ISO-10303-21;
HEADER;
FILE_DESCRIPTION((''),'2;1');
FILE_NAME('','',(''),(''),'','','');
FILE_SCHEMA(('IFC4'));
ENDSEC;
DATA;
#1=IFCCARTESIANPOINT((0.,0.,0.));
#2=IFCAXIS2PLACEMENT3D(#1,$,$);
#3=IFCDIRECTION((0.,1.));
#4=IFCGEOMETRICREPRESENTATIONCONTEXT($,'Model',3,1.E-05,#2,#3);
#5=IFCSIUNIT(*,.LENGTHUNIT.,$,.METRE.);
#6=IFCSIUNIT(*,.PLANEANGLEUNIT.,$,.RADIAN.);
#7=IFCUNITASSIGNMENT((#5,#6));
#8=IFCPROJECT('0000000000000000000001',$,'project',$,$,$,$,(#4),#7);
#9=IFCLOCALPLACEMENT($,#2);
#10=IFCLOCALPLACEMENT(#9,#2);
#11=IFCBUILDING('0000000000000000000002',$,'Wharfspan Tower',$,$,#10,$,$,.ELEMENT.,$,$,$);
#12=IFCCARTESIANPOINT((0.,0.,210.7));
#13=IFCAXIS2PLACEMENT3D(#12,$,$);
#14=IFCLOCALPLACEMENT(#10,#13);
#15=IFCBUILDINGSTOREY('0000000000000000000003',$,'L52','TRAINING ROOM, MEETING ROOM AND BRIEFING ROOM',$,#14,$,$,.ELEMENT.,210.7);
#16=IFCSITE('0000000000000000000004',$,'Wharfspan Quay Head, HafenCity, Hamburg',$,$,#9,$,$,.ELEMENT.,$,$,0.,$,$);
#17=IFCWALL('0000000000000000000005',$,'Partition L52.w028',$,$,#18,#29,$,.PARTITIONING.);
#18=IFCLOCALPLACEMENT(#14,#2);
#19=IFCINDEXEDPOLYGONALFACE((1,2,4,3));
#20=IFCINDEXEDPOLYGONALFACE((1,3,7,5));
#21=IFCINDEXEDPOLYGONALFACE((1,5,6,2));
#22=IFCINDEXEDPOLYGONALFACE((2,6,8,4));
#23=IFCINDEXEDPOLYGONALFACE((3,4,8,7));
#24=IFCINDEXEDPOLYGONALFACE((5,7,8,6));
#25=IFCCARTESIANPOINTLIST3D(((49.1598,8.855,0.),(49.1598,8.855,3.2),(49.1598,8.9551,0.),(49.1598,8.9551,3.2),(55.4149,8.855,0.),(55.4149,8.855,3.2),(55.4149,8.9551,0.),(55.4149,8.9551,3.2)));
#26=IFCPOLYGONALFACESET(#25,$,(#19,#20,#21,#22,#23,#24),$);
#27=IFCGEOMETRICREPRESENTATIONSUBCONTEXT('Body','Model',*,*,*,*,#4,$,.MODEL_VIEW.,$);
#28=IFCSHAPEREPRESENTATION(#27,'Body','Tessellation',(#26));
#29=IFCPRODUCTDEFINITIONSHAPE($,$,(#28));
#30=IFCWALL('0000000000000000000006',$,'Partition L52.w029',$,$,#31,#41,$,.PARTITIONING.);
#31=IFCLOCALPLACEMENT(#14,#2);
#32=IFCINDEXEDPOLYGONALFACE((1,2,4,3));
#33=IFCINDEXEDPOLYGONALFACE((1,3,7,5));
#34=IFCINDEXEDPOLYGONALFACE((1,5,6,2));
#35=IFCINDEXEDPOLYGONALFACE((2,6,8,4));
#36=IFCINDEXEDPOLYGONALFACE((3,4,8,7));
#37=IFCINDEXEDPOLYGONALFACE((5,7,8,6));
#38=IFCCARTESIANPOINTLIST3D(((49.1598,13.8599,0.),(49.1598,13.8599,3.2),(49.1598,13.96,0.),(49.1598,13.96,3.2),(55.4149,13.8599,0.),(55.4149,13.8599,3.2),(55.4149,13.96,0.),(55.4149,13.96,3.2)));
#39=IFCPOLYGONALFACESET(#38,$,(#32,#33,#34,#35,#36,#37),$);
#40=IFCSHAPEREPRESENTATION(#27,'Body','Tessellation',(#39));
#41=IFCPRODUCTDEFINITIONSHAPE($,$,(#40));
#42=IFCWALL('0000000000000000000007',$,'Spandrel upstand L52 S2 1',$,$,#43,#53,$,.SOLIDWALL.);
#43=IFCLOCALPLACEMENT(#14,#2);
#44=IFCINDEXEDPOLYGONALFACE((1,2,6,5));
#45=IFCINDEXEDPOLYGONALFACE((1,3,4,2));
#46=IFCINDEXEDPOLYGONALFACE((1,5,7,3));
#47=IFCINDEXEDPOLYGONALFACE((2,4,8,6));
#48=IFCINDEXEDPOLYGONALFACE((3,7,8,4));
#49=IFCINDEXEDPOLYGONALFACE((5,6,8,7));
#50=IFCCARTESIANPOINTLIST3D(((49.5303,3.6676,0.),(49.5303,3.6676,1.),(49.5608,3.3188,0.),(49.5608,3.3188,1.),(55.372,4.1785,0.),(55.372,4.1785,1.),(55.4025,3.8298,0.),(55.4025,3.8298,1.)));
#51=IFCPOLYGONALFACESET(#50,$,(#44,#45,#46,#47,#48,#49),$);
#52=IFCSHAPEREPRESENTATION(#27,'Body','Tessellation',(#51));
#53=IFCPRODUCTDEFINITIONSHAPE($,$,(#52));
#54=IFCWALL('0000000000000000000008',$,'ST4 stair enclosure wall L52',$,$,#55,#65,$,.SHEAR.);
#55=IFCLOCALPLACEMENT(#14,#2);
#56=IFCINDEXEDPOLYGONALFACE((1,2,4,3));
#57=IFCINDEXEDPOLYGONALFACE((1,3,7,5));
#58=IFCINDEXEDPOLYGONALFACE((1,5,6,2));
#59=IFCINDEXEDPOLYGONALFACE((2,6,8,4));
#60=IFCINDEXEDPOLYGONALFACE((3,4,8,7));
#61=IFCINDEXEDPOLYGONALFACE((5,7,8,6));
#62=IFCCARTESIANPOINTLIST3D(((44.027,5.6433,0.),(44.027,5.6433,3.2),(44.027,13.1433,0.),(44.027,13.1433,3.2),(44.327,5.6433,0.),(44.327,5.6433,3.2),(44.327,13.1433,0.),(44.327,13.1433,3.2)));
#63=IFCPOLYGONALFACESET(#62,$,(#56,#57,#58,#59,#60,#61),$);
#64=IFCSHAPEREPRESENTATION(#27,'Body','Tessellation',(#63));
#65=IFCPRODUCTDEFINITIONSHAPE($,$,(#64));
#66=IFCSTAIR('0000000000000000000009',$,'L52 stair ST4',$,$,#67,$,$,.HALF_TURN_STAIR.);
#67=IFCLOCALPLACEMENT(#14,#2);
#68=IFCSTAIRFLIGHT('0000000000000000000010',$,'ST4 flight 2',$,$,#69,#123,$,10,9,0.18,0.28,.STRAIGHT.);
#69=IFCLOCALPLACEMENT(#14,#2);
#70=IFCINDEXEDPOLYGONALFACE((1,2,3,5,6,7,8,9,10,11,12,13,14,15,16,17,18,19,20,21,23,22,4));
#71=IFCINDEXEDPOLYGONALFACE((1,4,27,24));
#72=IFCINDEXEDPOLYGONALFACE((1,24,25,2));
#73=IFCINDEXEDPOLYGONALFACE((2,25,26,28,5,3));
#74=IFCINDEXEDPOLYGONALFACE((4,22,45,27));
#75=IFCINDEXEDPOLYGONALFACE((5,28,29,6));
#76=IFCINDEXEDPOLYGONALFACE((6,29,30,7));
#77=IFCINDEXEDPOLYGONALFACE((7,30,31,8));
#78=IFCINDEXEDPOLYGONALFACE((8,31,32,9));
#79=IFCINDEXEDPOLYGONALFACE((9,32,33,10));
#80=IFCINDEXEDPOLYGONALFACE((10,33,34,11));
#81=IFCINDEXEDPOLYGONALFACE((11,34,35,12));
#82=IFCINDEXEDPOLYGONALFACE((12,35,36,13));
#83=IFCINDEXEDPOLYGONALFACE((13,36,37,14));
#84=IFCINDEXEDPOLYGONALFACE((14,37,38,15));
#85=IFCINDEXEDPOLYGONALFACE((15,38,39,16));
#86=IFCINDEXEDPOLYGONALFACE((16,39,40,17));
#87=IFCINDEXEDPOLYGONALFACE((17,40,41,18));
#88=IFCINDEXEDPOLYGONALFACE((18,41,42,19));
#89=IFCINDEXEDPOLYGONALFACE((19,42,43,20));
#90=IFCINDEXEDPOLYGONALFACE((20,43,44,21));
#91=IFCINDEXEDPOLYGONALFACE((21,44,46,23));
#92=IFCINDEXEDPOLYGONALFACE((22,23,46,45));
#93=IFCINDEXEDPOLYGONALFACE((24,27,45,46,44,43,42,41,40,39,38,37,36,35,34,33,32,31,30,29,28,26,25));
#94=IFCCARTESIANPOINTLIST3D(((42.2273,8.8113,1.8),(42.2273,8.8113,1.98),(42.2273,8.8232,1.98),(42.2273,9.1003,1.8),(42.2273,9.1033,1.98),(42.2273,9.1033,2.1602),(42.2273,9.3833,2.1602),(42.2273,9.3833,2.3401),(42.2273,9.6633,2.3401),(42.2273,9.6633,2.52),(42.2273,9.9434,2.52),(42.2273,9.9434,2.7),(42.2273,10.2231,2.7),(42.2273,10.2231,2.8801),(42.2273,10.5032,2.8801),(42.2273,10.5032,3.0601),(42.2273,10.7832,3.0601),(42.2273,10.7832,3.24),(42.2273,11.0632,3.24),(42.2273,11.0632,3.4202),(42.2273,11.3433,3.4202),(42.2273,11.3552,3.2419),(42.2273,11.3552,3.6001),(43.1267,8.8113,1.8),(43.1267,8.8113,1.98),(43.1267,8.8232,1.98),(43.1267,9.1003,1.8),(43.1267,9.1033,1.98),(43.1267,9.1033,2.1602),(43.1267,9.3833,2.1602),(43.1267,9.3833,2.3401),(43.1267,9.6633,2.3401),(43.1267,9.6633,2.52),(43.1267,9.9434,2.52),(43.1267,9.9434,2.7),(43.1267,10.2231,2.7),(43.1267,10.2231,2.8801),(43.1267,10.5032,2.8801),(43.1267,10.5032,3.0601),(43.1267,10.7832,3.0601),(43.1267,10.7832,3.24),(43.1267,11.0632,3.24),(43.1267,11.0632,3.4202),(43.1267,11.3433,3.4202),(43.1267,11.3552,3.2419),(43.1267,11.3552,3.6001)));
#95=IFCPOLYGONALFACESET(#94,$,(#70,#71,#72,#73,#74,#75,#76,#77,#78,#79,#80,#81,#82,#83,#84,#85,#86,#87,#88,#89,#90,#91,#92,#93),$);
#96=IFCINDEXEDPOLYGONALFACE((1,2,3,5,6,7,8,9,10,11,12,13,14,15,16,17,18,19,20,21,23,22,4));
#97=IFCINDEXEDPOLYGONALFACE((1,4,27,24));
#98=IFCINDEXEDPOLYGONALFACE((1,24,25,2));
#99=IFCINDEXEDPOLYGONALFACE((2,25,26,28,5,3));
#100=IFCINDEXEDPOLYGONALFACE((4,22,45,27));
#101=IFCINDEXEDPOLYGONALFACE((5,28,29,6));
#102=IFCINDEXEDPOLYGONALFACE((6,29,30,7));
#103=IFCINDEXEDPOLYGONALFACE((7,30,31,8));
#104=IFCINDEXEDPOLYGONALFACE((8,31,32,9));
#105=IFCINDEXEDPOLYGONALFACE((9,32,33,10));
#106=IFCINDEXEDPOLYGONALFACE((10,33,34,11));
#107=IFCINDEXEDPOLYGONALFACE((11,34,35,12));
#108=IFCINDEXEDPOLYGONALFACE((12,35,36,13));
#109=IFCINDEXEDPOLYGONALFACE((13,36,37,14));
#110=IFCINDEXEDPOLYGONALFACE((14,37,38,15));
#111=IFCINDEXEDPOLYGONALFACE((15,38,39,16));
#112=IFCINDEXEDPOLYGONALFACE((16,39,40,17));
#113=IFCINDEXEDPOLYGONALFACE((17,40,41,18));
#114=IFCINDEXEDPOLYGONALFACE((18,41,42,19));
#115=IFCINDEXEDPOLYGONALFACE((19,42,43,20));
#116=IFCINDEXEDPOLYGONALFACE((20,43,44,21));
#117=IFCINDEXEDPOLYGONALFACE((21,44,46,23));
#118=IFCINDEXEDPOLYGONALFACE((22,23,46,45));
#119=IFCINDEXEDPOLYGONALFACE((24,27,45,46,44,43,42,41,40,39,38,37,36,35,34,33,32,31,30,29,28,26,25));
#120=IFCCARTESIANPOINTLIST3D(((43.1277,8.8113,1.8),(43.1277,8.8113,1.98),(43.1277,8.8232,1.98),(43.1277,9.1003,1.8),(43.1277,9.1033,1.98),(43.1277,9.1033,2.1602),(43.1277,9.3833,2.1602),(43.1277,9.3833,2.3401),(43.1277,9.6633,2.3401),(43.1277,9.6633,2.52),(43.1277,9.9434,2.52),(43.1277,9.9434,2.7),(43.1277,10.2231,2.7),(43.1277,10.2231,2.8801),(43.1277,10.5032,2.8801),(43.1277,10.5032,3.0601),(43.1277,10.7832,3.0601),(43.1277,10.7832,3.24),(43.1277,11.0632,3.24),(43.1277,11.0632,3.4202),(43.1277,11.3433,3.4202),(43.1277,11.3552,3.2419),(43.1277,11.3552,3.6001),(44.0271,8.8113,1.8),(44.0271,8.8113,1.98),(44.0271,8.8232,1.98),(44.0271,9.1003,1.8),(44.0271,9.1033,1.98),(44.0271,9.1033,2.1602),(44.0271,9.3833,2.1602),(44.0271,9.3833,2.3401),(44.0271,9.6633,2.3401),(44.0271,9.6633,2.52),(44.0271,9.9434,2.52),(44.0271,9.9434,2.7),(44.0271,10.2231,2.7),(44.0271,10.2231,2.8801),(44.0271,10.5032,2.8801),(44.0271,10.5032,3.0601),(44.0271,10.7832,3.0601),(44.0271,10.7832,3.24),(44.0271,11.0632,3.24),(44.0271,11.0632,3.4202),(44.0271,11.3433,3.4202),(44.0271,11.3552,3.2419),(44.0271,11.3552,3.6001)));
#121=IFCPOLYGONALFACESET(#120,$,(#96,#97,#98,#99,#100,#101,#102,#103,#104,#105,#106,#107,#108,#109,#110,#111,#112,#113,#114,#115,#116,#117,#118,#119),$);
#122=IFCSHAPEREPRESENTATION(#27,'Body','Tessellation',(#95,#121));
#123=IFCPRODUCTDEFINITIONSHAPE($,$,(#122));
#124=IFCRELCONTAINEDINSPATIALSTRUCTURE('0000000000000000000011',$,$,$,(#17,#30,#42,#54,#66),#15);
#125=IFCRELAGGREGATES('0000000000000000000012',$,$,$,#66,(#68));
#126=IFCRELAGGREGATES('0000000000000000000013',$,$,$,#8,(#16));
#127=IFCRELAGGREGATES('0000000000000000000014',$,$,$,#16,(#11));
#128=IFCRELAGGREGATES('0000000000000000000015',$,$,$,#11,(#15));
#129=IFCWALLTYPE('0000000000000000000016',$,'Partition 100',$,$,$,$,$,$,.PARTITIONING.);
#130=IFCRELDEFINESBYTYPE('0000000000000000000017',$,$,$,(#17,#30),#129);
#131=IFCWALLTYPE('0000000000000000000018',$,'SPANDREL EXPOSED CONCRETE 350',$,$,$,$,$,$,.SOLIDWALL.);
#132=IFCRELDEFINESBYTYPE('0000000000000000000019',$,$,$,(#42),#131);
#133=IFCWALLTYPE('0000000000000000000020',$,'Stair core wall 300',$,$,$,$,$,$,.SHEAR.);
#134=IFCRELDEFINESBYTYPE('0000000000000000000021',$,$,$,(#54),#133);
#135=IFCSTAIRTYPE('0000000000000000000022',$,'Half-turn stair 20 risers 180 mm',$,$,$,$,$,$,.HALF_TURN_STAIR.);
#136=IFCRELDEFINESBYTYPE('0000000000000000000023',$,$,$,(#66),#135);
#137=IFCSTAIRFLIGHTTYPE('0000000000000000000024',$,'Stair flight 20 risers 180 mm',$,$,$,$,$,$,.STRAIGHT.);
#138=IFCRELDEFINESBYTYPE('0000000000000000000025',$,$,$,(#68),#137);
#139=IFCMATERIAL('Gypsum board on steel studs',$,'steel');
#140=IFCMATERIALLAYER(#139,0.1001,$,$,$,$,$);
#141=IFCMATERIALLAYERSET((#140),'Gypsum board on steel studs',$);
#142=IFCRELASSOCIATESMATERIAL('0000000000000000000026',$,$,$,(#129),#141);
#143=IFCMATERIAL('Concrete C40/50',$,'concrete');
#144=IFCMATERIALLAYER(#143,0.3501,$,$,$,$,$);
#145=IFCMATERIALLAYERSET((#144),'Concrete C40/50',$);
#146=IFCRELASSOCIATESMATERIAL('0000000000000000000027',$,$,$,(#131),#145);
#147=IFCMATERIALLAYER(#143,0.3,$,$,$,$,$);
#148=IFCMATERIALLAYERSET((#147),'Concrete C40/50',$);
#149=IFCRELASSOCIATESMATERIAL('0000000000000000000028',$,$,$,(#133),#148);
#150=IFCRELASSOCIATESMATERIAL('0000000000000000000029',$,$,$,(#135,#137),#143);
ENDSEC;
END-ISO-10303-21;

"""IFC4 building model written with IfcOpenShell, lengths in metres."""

from ifc_helpers import new_model, si_unit, direction, frame, frame_2d, origin, place, context, subcontext, project, spatial, polyline, rectangle, outline, extrude, material, layer, layer_set, type_object, element, aggregate, save


model = new_model("IFC4")

# Units and contexts
model_context = context("Model", 3, precision=1e-05, world=origin(), true_north=direction((0.0, 1.0)))
body_context = subcontext(model_context, "Body", "Model", "MODEL_VIEW")
ifc_project = project(units=[si_unit("LENGTHUNIT", "METRE"), si_unit("PLANEANGLEUNIT", "RADIAN")], contexts=[model_context])

# Site, building, storey
site_placement = place(None, origin())
site = spatial("IfcSite", under=ifc_project, at=site_placement, Name="Wharfspan Quay Head, HafenCity, Hamburg", CompositionType="ELEMENT", RefElevation=0.0)
building_placement = place(site_placement, origin())
building = spatial("IfcBuilding", under=site, at=building_placement, Name="Wharfspan Tower", CompositionType="ELEMENT")
storey_placement = place(building_placement, frame((0.0, 0.0, 210.7)))
storey = spatial("IfcBuildingStorey", under=building, at=storey_placement, Name="L52", Description="TRAINING ROOM, MEETING ROOM AND BRIEFING ROOM", CompositionType="ELEMENT", Elevation=210.7)

# Shared definitions
ifc_material_1 = material(Name="Gypsum board on steel studs", Category="steel")

# Walls
ifc_layer_1 = layer(ifc_material_1, 0.1001)
ifc_layer_set_1 = layer_set([ifc_layer_1], Name="Gypsum board on steel studs")
wall_type_1 = type_object("IfcWallType", Name="Partition 100", PredefinedType="PARTITIONING", material=ifc_layer_set_1)
for number, where, z_axis, x_axis, name in (
    (1, (49.1599, 8.905, 0.0), (0.0, 0.0, 1.0), (1.0, 0.0, 0.0), "Partition L52.w028"),
    (2, (49.1599, 13.9099, 0.0), (0.0, 0.0, 1.0), (1.0, 0.0, 0.0), "Partition L52.w029"),
):
    element("IfcWall", number, at=place(storey_placement, frame(where, z_axis=z_axis, x_axis=x_axis)), inside=storey, type_object=wall_type_1, Name=name, PredefinedType="PARTITIONING", context=body_context, shape_type="SweptSolid", body=[
        extrude(rectangle(XDim=6.2551, YDim=0.1001, at=frame_2d((3.1274, 0.0))), origin(), (0.0, 0.0, 1.0), 3.2),
    ])
ifc_material_2 = material(Name="Concrete C40/50", Category="concrete")
ifc_layer_2 = layer(ifc_material_2, 0.3501)
ifc_layer_set_2 = layer_set([ifc_layer_2], Name="Concrete C40/50")
wall_type_2 = type_object("IfcWallType", Name="SPANDREL EXPOSED CONCRETE 350", PredefinedType="SOLIDWALL", material=ifc_layer_set_2)
wall_1_placement = place(storey_placement, frame((49.5454, 3.4932, 0.0), z_axis=(0.0, 0.0, 1.0), x_axis=(0.996196, 0.087138, 0.0)))
element("IfcWall", 3, at=wall_1_placement, inside=storey, type_object=wall_type_2, Name="Spandrel upstand L52 S2 1", PredefinedType="SOLIDWALL", context=body_context, shape_type="SweptSolid", body=[
    extrude(rectangle(XDim=5.864, YDim=0.3501, at=frame_2d((2.9321, 0.0))), origin(), (0.0, 0.0, 1.0), 1.0),
])
ifc_layer_3 = layer(ifc_material_2, 0.3)
ifc_layer_set_3 = layer_set([ifc_layer_3], Name="Concrete C40/50")
wall_type_3 = type_object("IfcWallType", Name="Stair core wall 300", PredefinedType="SHEAR", material=ifc_layer_set_3)
wall_2_placement = place(storey_placement, frame((44.177, 5.6433, 0.0), z_axis=(0.0, 0.0, 1.0), x_axis=(0.0, 1.0, 0.0)))
element("IfcWall", 4, at=wall_2_placement, inside=storey, type_object=wall_type_3, Name="ST4 stair enclosure wall L52", PredefinedType="SHEAR", context=body_context, shape_type="SweptSolid", body=[
    extrude(rectangle(XDim=7.5, YDim=0.3, at=frame_2d((3.75, 0.0))), origin(), (0.0, 0.0, 1.0), 3.2),
])

# Stair, stair flight
stair_type = type_object("IfcStairType", Name="Half-turn stair 20 risers 180 mm", PredefinedType="HALF_TURN_STAIR", material=ifc_material_2)
stair_placement = place(storey_placement, origin())
stair = element("IfcStair", 5, at=stair_placement, inside=storey, type_object=stair_type, Name="L52 stair ST4", PredefinedType="HALF_TURN_STAIR")
stair_flight_type = type_object("IfcStairFlightType", Name="Stair flight 20 risers 180 mm", PredefinedType="STRAIGHT", material=ifc_material_2)
stair_flight_placement = place(storey_placement, frame((43.1272, 8.8232, 1.8), z_axis=(0.0, 0.0, 1.0), x_axis=(0.0, 1.0, 0.0)))
stair_flight = element("IfcStairFlight", 6, at=stair_flight_placement, type_object=stair_flight_type, Name="ST4 flight 2", NumberOfRisers=10, NumberOfTreads=9, PredefinedType="STRAIGHT", RiserHeight=0.18, TreadLength=0.28, context=body_context, shape_type="SweptSolid", body=[
    extrude(outline(polyline([(-0.012, 0.0), (-0.012, 0.1799), (0.0, 0.1799), (0.28, 0.1799), (0.28, 0.3601), (0.5601, 0.3601), (0.5601, 0.54), (0.8401, 0.54), (0.8401, 0.72), (1.1201, 0.72), (1.1201, 0.8999), (1.3999, 0.8999), (1.3999, 1.0801), (1.6799, 1.0801), (1.6799, 1.26), (1.96, 1.26), (1.96, 1.4399), (2.24, 1.4399), (2.24, 1.6201), (2.52, 1.6201), (2.532, 1.8), (2.532, 1.4419), (0.2771, 0.0), (-0.012, 0.0)])), frame((0.0, 0.8999, 0.0), z_axis=(0.0, -1.0, 0.0), x_axis=(1.0, 0.0, 0.0)), (0.0, 0.0, 1.0), 0.8994),
    extrude(outline(polyline([(-0.012, 0.0), (-0.012, 0.1799), (0.0, 0.1799), (0.28, 0.1799), (0.28, 0.3601), (0.5601, 0.3601), (0.5601, 0.54), (0.8401, 0.54), (0.8401, 0.72), (1.1201, 0.72), (1.1201, 0.8999), (1.3999, 0.8999), (1.3999, 1.0801), (1.6799, 1.0801), (1.6799, 1.26), (1.96, 1.26), (1.96, 1.4399), (2.24, 1.4399), (2.24, 1.6201), (2.52, 1.6201), (2.532, 1.8), (2.532, 1.4419), (0.2771, 0.0), (-0.012, 0.0)])), frame((0.0, -0.0005, 0.0), z_axis=(0.0, -1.0, 0.0), x_axis=(1.0, 0.0, 0.0)), (0.0, 0.0, 1.0), 0.8994),
])
aggregate(stair, [stair_flight])

save(model, "model.ifc")
